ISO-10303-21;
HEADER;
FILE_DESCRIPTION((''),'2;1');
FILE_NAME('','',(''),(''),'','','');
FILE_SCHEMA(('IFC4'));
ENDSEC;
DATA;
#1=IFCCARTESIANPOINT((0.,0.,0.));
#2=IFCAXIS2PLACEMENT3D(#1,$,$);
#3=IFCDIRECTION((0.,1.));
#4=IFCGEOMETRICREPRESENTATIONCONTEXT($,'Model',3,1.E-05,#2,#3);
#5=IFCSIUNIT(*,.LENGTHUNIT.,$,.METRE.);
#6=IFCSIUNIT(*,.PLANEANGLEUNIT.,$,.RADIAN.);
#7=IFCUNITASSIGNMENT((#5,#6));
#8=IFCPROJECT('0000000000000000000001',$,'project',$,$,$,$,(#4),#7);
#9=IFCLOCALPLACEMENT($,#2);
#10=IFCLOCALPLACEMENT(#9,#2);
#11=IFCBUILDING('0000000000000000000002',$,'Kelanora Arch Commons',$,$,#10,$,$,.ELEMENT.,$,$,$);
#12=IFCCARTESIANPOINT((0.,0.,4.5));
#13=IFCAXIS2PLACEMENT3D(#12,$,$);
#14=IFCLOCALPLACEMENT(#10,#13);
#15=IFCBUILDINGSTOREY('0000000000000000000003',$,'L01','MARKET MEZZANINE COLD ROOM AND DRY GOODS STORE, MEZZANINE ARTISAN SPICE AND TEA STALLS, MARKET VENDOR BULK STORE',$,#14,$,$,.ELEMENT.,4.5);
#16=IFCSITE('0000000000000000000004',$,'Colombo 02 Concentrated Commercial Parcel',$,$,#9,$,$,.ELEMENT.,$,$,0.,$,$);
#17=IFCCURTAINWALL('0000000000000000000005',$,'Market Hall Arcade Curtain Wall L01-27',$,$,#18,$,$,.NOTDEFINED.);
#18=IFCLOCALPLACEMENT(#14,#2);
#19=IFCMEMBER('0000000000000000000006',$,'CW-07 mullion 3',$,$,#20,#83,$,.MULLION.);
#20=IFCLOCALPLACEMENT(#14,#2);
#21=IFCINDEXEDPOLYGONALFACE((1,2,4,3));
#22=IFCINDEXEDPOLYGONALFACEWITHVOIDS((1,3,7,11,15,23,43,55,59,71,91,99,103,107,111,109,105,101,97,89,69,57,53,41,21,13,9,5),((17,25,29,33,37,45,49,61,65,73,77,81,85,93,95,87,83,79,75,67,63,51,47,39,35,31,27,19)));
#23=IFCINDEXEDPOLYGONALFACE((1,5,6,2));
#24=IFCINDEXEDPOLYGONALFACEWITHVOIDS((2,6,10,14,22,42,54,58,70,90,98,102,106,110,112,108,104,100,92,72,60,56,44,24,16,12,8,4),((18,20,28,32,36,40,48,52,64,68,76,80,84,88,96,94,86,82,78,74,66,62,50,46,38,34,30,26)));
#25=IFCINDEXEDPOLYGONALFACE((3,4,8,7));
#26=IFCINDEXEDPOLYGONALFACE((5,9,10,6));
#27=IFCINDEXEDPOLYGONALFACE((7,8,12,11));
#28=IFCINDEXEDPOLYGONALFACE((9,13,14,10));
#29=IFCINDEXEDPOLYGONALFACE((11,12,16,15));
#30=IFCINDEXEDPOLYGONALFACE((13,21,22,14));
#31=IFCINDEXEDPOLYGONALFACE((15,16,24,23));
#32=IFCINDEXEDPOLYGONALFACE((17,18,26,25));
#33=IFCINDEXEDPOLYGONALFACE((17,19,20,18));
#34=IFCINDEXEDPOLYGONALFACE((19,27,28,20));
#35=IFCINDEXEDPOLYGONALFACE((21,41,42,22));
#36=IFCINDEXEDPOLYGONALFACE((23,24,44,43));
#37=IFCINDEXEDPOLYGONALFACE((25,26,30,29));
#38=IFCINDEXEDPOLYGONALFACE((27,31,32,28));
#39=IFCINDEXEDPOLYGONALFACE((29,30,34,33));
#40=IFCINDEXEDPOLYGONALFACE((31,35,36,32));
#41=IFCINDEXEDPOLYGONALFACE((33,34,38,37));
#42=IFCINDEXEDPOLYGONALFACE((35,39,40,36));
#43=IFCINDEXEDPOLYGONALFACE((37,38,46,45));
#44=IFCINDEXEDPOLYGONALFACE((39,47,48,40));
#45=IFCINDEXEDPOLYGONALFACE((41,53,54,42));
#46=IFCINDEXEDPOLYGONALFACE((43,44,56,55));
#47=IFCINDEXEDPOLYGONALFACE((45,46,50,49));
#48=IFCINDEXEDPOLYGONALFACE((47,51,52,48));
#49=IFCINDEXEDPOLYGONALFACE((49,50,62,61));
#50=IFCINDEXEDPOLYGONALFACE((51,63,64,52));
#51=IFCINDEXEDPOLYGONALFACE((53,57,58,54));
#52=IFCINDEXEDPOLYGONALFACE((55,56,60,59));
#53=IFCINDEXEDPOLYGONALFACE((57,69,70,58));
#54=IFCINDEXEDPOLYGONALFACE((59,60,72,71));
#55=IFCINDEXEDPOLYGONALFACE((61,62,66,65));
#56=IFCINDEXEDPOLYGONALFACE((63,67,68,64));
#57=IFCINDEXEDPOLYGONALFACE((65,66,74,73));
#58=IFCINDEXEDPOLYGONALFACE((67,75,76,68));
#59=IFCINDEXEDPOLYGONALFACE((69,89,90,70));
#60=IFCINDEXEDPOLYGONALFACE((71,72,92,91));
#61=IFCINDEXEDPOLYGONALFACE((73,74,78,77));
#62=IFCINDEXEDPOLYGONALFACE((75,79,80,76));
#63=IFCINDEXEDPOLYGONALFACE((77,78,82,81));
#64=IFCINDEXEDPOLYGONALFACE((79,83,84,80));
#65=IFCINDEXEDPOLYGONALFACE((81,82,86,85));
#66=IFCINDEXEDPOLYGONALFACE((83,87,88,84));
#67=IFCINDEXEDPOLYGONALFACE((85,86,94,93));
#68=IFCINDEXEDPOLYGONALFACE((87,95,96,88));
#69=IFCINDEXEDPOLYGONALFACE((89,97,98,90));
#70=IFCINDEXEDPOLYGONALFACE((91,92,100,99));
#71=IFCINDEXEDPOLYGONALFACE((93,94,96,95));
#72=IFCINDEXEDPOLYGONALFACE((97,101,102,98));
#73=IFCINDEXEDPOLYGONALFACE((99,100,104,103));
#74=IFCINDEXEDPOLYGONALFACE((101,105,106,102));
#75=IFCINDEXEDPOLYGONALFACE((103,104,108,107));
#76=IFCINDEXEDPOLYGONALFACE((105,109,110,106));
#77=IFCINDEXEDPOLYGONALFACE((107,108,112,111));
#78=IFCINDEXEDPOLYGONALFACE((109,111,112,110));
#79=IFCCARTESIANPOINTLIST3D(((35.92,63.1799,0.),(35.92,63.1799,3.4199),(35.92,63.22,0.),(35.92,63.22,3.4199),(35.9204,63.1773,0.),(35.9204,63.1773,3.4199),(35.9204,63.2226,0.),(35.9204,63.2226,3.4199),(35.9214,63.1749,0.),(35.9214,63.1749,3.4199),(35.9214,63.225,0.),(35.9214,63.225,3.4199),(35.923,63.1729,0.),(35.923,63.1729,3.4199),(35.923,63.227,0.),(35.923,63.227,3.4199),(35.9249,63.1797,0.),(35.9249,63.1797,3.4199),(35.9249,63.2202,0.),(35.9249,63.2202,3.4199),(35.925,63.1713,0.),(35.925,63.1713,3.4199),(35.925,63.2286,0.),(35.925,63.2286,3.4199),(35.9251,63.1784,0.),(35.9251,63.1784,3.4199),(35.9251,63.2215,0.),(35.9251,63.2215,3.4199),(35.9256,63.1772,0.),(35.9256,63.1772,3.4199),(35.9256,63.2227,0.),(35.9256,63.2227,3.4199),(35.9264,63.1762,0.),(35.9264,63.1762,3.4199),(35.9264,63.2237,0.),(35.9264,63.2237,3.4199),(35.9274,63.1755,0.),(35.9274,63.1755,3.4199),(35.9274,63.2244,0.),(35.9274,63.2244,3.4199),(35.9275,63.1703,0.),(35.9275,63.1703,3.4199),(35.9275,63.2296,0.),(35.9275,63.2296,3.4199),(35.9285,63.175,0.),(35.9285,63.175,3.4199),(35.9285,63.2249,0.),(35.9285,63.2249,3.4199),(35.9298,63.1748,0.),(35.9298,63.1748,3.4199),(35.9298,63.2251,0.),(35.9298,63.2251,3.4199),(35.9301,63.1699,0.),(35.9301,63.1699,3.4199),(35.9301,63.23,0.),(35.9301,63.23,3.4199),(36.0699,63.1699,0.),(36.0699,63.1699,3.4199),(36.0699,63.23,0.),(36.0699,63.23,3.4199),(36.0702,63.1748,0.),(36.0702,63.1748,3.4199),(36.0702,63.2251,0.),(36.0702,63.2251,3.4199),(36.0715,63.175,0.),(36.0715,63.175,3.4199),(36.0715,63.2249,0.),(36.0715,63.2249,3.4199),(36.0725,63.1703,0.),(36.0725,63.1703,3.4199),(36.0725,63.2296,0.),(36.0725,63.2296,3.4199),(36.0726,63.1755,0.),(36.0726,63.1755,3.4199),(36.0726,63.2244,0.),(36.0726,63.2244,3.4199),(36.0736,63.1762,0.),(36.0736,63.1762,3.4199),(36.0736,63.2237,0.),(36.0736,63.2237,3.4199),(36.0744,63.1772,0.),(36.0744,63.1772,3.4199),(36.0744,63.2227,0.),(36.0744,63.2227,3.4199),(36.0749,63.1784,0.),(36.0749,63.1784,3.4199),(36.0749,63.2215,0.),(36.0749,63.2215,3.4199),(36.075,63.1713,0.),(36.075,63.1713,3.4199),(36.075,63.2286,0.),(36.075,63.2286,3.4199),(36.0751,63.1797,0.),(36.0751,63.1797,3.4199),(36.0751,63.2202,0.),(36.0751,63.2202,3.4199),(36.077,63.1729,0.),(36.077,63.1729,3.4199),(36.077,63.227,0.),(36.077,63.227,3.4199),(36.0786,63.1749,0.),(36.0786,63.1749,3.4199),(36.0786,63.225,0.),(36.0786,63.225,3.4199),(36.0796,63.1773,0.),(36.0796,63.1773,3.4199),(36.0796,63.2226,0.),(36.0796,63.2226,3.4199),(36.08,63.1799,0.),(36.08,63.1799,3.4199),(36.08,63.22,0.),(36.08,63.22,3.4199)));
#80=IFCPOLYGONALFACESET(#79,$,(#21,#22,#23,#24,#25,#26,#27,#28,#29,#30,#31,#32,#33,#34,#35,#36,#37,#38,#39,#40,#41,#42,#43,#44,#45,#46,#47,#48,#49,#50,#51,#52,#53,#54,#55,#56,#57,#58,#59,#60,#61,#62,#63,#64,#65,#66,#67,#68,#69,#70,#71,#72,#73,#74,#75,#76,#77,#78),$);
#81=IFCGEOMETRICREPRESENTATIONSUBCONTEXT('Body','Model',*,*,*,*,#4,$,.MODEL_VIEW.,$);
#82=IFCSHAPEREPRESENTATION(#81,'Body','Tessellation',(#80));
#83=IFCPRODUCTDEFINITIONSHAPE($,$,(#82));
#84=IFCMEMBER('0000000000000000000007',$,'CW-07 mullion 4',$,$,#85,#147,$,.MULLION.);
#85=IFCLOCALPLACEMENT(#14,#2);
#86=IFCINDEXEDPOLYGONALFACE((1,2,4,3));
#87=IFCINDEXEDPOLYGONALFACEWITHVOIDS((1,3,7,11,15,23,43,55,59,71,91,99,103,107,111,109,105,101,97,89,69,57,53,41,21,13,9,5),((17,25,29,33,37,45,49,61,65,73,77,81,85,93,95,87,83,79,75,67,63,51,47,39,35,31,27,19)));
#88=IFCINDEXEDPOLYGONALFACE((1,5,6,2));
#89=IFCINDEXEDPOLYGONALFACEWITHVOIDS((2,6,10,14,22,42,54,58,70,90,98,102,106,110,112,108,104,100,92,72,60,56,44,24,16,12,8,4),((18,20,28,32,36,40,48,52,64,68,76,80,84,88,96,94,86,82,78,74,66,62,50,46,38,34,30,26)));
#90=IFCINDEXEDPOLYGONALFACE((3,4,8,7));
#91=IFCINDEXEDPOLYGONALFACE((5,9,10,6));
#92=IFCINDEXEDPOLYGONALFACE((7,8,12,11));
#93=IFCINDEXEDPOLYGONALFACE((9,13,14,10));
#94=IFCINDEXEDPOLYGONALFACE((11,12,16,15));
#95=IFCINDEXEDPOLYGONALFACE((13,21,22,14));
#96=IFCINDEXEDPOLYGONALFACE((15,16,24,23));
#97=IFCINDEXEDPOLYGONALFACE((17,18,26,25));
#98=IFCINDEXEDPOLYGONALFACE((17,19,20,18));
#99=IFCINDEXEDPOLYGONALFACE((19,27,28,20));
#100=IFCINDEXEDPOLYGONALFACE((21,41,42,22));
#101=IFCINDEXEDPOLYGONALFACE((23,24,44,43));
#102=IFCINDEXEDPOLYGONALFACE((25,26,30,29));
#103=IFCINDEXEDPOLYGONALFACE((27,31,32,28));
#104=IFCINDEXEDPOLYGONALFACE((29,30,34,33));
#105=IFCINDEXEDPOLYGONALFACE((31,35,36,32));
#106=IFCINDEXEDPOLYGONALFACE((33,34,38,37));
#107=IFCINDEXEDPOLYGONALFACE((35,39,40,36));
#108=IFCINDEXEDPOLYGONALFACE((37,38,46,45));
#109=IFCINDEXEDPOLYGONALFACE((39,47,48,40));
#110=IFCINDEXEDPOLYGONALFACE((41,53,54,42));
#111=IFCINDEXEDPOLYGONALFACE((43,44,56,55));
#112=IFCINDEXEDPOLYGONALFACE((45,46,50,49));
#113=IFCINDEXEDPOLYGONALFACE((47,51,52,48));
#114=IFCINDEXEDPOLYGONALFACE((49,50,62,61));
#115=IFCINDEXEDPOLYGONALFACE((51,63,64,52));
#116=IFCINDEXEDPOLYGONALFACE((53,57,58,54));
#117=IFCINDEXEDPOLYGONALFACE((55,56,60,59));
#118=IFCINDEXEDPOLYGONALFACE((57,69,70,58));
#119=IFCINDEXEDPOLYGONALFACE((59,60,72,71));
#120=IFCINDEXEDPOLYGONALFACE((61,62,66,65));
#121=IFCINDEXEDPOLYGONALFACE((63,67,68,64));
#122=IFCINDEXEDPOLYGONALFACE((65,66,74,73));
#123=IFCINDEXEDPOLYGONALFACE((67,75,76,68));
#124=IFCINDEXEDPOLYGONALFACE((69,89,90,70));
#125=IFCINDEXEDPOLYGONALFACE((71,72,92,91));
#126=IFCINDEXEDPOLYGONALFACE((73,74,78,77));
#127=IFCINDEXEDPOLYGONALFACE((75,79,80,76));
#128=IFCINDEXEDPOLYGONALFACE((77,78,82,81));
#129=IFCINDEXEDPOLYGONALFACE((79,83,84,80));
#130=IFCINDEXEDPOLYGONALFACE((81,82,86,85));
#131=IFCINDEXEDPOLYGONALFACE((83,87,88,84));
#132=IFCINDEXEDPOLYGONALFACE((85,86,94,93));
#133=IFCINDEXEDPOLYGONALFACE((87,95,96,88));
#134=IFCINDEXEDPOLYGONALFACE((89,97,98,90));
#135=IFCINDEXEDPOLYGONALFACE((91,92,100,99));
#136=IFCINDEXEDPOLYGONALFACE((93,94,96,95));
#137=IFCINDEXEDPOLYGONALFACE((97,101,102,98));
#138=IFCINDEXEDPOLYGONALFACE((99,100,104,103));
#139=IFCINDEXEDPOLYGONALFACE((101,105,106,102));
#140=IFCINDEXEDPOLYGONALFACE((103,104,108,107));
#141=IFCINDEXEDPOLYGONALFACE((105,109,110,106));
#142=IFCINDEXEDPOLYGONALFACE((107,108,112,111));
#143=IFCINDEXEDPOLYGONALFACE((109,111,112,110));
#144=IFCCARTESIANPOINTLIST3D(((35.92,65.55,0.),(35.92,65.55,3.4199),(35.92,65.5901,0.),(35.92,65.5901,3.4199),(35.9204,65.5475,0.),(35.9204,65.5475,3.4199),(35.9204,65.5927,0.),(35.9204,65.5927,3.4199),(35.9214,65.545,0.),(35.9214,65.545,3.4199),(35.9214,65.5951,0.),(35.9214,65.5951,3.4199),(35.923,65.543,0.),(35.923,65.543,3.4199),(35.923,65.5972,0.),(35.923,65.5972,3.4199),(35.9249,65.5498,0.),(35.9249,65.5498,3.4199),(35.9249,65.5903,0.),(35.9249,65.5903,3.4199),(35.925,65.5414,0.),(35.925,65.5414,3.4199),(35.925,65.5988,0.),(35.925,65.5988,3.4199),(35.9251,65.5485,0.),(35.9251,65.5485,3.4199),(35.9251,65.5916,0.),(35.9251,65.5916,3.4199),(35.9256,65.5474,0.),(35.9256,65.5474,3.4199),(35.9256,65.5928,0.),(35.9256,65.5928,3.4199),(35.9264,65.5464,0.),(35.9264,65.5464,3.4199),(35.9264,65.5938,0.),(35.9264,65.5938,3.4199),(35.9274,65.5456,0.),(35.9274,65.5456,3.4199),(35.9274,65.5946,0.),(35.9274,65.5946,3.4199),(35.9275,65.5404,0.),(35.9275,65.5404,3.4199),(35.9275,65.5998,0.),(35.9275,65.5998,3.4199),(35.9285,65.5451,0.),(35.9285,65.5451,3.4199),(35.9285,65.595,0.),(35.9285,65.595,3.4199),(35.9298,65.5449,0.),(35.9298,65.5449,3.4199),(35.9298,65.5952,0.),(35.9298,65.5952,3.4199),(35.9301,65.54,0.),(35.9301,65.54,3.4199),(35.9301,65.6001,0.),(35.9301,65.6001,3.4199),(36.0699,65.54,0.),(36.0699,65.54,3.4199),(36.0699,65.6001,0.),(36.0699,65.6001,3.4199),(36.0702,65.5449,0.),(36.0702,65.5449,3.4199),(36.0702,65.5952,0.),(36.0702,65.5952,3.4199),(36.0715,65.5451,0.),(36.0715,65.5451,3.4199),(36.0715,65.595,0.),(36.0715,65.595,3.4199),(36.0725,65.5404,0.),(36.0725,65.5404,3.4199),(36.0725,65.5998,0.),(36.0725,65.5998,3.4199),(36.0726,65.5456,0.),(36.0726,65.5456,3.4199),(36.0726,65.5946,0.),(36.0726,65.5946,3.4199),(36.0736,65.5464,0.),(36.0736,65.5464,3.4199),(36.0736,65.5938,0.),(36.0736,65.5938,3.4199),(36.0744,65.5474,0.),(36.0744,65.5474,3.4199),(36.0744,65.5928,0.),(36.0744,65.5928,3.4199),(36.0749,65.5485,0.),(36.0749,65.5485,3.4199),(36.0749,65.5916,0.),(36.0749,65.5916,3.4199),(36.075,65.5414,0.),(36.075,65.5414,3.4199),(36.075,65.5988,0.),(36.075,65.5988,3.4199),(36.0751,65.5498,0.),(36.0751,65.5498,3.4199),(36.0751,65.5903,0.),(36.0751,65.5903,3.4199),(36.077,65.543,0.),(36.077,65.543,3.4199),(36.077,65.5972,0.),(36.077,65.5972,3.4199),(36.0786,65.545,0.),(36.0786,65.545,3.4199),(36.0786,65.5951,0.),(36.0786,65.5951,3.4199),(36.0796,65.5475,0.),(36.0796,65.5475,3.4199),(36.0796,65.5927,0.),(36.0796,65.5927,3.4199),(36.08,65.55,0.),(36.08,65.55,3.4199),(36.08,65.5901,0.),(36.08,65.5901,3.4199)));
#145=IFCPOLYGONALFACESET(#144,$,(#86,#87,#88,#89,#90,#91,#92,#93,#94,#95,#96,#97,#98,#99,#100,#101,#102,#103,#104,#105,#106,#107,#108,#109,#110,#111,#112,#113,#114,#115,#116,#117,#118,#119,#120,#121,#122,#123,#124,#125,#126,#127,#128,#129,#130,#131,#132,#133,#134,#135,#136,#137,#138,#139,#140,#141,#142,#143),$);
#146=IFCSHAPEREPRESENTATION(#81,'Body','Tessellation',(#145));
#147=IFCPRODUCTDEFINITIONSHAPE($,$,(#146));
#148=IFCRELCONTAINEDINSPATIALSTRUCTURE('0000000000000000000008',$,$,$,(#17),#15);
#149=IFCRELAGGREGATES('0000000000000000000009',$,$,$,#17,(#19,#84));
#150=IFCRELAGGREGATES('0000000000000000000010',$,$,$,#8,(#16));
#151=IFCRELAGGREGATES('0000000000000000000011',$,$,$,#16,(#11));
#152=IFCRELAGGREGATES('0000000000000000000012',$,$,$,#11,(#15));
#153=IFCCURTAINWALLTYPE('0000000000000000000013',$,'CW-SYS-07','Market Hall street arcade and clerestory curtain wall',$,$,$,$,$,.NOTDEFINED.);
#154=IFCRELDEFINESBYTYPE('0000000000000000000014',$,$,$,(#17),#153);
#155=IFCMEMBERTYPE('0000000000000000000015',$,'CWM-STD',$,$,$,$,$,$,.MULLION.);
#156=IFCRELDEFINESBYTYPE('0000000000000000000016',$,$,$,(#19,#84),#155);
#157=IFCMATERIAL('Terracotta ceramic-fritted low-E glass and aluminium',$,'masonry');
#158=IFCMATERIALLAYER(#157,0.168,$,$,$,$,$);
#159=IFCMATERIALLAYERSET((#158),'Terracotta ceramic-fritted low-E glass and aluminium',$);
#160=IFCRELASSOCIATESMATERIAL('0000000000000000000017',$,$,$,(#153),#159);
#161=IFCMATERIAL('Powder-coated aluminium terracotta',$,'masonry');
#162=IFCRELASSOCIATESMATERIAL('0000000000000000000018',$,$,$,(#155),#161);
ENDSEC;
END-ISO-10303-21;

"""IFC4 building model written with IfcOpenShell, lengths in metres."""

from ifc_helpers import new_model, si_unit, direction, frame, origin, origin_2d, place, context, subcontext, project, spatial, hollow_rectangle, extrude, material, layer, layer_set, material_profile, profile_set, type_object, element, aggregate, save


model = new_model("IFC4")

# Units and contexts
model_context = context("Model", 3, precision=1e-05, world=origin(), true_north=direction((0.0, 1.0)))
body_context = subcontext(model_context, "Body", "Model", "MODEL_VIEW")
ifc_project = project(units=[si_unit("LENGTHUNIT", "METRE"), si_unit("PLANEANGLEUNIT", "RADIAN")], contexts=[model_context])

# Site, building, storey
site_placement = place(None, origin())
site = spatial("IfcSite", under=ifc_project, at=site_placement, Name="Colombo 02 Concentrated Commercial Parcel", CompositionType="ELEMENT", RefElevation=0.0)
building_placement = place(site_placement, origin())
building = spatial("IfcBuilding", under=site, at=building_placement, Name="Kelanora Arch Commons", CompositionType="ELEMENT")
storey_placement = place(building_placement, frame((0.0, 0.0, 4.5)))
storey = spatial("IfcBuildingStorey", under=building, at=storey_placement, Name="L01", Description="MARKET MEZZANINE COLD ROOM AND DRY GOODS STORE, MEZZANINE ARTISAN SPICE AND TEA STALLS, MARKET VENDOR BULK STORE", CompositionType="ELEMENT", Elevation=4.5)

# Curtain wall, members
ifc_material_1 = material(Name="Terracotta ceramic-fritted low-E glass and aluminium", Category="masonry")
ifc_material_2 = material(Name="Powder-coated aluminium terracotta", Category="masonry")
ifc_layer_1 = layer(ifc_material_1, 0.168)
ifc_layer_set_1 = layer_set([ifc_layer_1], Name="Terracotta ceramic-fritted low-E glass and aluminium")
curtain_wall_type_1 = type_object("IfcCurtainWallType", Name="CW-SYS-07", Description="Market Hall street arcade and clerestory curtain wall", PredefinedType="NOTDEFINED", material=ifc_layer_set_1)
curtain_wall_1_placement = place(storey_placement, origin())
curtain_wall_1 = element("IfcCurtainWall", 1, at=curtain_wall_1_placement, inside=storey, type_object=curtain_wall_type_1, Name="Market Hall Arcade Curtain Wall L01-27", PredefinedType="NOTDEFINED")
ifc_material_profile_1 = material_profile(ifc_material_2, hollow_rectangle(XDim=0.1599, YDim=0.0601, WallThickness=0.0049, InnerFilletRadius=0.0049, OuterFilletRadius=0.01, at=origin_2d()), Name="CWM160x60")
ifc_profile_set_1 = profile_set([ifc_material_profile_1], Name="Powder-coated aluminium terracotta")
member_type_1 = type_object("IfcMemberType", Name="CWM-STD", PredefinedType="MULLION", material=ifc_profile_set_1)
member_1_placement = place(storey_placement, frame((36.0, 63.2, 0.0), z_axis=(0.0, 0.0, 1.0), x_axis=(-1.0, 0.0, 0.0)))
member_1 = element("IfcMember", 2, at=member_1_placement, type_object=member_type_1, Name="CW-07 mullion 3", PredefinedType="MULLION", context=body_context, shape_type="SweptSolid", body=[
    extrude(hollow_rectangle(XDim=0.1599, YDim=0.0601, WallThickness=0.0049, InnerFilletRadius=0.0049, OuterFilletRadius=0.01, at=origin_2d()), origin(), (0.0, 0.0, 1.0), 3.4199),
])
member_2_placement = place(storey_placement, frame((36.0, 65.5701, 0.0), z_axis=(0.0, 0.0, 1.0), x_axis=(-1.0, 0.0, 0.0)))
member_2 = element("IfcMember", 3, at=member_2_placement, type_object=member_type_1, Name="CW-07 mullion 4", PredefinedType="MULLION", context=body_context, shape_type="SweptSolid", body=[
    extrude(hollow_rectangle(XDim=0.1599, YDim=0.0601, WallThickness=0.0049, InnerFilletRadius=0.0049, OuterFilletRadius=0.01, at=origin_2d()), origin(), (0.0, 0.0, 1.0), 3.4199),
])

aggregate(curtain_wall_1, [member_1, member_2])

save(model, "model.ifc")
